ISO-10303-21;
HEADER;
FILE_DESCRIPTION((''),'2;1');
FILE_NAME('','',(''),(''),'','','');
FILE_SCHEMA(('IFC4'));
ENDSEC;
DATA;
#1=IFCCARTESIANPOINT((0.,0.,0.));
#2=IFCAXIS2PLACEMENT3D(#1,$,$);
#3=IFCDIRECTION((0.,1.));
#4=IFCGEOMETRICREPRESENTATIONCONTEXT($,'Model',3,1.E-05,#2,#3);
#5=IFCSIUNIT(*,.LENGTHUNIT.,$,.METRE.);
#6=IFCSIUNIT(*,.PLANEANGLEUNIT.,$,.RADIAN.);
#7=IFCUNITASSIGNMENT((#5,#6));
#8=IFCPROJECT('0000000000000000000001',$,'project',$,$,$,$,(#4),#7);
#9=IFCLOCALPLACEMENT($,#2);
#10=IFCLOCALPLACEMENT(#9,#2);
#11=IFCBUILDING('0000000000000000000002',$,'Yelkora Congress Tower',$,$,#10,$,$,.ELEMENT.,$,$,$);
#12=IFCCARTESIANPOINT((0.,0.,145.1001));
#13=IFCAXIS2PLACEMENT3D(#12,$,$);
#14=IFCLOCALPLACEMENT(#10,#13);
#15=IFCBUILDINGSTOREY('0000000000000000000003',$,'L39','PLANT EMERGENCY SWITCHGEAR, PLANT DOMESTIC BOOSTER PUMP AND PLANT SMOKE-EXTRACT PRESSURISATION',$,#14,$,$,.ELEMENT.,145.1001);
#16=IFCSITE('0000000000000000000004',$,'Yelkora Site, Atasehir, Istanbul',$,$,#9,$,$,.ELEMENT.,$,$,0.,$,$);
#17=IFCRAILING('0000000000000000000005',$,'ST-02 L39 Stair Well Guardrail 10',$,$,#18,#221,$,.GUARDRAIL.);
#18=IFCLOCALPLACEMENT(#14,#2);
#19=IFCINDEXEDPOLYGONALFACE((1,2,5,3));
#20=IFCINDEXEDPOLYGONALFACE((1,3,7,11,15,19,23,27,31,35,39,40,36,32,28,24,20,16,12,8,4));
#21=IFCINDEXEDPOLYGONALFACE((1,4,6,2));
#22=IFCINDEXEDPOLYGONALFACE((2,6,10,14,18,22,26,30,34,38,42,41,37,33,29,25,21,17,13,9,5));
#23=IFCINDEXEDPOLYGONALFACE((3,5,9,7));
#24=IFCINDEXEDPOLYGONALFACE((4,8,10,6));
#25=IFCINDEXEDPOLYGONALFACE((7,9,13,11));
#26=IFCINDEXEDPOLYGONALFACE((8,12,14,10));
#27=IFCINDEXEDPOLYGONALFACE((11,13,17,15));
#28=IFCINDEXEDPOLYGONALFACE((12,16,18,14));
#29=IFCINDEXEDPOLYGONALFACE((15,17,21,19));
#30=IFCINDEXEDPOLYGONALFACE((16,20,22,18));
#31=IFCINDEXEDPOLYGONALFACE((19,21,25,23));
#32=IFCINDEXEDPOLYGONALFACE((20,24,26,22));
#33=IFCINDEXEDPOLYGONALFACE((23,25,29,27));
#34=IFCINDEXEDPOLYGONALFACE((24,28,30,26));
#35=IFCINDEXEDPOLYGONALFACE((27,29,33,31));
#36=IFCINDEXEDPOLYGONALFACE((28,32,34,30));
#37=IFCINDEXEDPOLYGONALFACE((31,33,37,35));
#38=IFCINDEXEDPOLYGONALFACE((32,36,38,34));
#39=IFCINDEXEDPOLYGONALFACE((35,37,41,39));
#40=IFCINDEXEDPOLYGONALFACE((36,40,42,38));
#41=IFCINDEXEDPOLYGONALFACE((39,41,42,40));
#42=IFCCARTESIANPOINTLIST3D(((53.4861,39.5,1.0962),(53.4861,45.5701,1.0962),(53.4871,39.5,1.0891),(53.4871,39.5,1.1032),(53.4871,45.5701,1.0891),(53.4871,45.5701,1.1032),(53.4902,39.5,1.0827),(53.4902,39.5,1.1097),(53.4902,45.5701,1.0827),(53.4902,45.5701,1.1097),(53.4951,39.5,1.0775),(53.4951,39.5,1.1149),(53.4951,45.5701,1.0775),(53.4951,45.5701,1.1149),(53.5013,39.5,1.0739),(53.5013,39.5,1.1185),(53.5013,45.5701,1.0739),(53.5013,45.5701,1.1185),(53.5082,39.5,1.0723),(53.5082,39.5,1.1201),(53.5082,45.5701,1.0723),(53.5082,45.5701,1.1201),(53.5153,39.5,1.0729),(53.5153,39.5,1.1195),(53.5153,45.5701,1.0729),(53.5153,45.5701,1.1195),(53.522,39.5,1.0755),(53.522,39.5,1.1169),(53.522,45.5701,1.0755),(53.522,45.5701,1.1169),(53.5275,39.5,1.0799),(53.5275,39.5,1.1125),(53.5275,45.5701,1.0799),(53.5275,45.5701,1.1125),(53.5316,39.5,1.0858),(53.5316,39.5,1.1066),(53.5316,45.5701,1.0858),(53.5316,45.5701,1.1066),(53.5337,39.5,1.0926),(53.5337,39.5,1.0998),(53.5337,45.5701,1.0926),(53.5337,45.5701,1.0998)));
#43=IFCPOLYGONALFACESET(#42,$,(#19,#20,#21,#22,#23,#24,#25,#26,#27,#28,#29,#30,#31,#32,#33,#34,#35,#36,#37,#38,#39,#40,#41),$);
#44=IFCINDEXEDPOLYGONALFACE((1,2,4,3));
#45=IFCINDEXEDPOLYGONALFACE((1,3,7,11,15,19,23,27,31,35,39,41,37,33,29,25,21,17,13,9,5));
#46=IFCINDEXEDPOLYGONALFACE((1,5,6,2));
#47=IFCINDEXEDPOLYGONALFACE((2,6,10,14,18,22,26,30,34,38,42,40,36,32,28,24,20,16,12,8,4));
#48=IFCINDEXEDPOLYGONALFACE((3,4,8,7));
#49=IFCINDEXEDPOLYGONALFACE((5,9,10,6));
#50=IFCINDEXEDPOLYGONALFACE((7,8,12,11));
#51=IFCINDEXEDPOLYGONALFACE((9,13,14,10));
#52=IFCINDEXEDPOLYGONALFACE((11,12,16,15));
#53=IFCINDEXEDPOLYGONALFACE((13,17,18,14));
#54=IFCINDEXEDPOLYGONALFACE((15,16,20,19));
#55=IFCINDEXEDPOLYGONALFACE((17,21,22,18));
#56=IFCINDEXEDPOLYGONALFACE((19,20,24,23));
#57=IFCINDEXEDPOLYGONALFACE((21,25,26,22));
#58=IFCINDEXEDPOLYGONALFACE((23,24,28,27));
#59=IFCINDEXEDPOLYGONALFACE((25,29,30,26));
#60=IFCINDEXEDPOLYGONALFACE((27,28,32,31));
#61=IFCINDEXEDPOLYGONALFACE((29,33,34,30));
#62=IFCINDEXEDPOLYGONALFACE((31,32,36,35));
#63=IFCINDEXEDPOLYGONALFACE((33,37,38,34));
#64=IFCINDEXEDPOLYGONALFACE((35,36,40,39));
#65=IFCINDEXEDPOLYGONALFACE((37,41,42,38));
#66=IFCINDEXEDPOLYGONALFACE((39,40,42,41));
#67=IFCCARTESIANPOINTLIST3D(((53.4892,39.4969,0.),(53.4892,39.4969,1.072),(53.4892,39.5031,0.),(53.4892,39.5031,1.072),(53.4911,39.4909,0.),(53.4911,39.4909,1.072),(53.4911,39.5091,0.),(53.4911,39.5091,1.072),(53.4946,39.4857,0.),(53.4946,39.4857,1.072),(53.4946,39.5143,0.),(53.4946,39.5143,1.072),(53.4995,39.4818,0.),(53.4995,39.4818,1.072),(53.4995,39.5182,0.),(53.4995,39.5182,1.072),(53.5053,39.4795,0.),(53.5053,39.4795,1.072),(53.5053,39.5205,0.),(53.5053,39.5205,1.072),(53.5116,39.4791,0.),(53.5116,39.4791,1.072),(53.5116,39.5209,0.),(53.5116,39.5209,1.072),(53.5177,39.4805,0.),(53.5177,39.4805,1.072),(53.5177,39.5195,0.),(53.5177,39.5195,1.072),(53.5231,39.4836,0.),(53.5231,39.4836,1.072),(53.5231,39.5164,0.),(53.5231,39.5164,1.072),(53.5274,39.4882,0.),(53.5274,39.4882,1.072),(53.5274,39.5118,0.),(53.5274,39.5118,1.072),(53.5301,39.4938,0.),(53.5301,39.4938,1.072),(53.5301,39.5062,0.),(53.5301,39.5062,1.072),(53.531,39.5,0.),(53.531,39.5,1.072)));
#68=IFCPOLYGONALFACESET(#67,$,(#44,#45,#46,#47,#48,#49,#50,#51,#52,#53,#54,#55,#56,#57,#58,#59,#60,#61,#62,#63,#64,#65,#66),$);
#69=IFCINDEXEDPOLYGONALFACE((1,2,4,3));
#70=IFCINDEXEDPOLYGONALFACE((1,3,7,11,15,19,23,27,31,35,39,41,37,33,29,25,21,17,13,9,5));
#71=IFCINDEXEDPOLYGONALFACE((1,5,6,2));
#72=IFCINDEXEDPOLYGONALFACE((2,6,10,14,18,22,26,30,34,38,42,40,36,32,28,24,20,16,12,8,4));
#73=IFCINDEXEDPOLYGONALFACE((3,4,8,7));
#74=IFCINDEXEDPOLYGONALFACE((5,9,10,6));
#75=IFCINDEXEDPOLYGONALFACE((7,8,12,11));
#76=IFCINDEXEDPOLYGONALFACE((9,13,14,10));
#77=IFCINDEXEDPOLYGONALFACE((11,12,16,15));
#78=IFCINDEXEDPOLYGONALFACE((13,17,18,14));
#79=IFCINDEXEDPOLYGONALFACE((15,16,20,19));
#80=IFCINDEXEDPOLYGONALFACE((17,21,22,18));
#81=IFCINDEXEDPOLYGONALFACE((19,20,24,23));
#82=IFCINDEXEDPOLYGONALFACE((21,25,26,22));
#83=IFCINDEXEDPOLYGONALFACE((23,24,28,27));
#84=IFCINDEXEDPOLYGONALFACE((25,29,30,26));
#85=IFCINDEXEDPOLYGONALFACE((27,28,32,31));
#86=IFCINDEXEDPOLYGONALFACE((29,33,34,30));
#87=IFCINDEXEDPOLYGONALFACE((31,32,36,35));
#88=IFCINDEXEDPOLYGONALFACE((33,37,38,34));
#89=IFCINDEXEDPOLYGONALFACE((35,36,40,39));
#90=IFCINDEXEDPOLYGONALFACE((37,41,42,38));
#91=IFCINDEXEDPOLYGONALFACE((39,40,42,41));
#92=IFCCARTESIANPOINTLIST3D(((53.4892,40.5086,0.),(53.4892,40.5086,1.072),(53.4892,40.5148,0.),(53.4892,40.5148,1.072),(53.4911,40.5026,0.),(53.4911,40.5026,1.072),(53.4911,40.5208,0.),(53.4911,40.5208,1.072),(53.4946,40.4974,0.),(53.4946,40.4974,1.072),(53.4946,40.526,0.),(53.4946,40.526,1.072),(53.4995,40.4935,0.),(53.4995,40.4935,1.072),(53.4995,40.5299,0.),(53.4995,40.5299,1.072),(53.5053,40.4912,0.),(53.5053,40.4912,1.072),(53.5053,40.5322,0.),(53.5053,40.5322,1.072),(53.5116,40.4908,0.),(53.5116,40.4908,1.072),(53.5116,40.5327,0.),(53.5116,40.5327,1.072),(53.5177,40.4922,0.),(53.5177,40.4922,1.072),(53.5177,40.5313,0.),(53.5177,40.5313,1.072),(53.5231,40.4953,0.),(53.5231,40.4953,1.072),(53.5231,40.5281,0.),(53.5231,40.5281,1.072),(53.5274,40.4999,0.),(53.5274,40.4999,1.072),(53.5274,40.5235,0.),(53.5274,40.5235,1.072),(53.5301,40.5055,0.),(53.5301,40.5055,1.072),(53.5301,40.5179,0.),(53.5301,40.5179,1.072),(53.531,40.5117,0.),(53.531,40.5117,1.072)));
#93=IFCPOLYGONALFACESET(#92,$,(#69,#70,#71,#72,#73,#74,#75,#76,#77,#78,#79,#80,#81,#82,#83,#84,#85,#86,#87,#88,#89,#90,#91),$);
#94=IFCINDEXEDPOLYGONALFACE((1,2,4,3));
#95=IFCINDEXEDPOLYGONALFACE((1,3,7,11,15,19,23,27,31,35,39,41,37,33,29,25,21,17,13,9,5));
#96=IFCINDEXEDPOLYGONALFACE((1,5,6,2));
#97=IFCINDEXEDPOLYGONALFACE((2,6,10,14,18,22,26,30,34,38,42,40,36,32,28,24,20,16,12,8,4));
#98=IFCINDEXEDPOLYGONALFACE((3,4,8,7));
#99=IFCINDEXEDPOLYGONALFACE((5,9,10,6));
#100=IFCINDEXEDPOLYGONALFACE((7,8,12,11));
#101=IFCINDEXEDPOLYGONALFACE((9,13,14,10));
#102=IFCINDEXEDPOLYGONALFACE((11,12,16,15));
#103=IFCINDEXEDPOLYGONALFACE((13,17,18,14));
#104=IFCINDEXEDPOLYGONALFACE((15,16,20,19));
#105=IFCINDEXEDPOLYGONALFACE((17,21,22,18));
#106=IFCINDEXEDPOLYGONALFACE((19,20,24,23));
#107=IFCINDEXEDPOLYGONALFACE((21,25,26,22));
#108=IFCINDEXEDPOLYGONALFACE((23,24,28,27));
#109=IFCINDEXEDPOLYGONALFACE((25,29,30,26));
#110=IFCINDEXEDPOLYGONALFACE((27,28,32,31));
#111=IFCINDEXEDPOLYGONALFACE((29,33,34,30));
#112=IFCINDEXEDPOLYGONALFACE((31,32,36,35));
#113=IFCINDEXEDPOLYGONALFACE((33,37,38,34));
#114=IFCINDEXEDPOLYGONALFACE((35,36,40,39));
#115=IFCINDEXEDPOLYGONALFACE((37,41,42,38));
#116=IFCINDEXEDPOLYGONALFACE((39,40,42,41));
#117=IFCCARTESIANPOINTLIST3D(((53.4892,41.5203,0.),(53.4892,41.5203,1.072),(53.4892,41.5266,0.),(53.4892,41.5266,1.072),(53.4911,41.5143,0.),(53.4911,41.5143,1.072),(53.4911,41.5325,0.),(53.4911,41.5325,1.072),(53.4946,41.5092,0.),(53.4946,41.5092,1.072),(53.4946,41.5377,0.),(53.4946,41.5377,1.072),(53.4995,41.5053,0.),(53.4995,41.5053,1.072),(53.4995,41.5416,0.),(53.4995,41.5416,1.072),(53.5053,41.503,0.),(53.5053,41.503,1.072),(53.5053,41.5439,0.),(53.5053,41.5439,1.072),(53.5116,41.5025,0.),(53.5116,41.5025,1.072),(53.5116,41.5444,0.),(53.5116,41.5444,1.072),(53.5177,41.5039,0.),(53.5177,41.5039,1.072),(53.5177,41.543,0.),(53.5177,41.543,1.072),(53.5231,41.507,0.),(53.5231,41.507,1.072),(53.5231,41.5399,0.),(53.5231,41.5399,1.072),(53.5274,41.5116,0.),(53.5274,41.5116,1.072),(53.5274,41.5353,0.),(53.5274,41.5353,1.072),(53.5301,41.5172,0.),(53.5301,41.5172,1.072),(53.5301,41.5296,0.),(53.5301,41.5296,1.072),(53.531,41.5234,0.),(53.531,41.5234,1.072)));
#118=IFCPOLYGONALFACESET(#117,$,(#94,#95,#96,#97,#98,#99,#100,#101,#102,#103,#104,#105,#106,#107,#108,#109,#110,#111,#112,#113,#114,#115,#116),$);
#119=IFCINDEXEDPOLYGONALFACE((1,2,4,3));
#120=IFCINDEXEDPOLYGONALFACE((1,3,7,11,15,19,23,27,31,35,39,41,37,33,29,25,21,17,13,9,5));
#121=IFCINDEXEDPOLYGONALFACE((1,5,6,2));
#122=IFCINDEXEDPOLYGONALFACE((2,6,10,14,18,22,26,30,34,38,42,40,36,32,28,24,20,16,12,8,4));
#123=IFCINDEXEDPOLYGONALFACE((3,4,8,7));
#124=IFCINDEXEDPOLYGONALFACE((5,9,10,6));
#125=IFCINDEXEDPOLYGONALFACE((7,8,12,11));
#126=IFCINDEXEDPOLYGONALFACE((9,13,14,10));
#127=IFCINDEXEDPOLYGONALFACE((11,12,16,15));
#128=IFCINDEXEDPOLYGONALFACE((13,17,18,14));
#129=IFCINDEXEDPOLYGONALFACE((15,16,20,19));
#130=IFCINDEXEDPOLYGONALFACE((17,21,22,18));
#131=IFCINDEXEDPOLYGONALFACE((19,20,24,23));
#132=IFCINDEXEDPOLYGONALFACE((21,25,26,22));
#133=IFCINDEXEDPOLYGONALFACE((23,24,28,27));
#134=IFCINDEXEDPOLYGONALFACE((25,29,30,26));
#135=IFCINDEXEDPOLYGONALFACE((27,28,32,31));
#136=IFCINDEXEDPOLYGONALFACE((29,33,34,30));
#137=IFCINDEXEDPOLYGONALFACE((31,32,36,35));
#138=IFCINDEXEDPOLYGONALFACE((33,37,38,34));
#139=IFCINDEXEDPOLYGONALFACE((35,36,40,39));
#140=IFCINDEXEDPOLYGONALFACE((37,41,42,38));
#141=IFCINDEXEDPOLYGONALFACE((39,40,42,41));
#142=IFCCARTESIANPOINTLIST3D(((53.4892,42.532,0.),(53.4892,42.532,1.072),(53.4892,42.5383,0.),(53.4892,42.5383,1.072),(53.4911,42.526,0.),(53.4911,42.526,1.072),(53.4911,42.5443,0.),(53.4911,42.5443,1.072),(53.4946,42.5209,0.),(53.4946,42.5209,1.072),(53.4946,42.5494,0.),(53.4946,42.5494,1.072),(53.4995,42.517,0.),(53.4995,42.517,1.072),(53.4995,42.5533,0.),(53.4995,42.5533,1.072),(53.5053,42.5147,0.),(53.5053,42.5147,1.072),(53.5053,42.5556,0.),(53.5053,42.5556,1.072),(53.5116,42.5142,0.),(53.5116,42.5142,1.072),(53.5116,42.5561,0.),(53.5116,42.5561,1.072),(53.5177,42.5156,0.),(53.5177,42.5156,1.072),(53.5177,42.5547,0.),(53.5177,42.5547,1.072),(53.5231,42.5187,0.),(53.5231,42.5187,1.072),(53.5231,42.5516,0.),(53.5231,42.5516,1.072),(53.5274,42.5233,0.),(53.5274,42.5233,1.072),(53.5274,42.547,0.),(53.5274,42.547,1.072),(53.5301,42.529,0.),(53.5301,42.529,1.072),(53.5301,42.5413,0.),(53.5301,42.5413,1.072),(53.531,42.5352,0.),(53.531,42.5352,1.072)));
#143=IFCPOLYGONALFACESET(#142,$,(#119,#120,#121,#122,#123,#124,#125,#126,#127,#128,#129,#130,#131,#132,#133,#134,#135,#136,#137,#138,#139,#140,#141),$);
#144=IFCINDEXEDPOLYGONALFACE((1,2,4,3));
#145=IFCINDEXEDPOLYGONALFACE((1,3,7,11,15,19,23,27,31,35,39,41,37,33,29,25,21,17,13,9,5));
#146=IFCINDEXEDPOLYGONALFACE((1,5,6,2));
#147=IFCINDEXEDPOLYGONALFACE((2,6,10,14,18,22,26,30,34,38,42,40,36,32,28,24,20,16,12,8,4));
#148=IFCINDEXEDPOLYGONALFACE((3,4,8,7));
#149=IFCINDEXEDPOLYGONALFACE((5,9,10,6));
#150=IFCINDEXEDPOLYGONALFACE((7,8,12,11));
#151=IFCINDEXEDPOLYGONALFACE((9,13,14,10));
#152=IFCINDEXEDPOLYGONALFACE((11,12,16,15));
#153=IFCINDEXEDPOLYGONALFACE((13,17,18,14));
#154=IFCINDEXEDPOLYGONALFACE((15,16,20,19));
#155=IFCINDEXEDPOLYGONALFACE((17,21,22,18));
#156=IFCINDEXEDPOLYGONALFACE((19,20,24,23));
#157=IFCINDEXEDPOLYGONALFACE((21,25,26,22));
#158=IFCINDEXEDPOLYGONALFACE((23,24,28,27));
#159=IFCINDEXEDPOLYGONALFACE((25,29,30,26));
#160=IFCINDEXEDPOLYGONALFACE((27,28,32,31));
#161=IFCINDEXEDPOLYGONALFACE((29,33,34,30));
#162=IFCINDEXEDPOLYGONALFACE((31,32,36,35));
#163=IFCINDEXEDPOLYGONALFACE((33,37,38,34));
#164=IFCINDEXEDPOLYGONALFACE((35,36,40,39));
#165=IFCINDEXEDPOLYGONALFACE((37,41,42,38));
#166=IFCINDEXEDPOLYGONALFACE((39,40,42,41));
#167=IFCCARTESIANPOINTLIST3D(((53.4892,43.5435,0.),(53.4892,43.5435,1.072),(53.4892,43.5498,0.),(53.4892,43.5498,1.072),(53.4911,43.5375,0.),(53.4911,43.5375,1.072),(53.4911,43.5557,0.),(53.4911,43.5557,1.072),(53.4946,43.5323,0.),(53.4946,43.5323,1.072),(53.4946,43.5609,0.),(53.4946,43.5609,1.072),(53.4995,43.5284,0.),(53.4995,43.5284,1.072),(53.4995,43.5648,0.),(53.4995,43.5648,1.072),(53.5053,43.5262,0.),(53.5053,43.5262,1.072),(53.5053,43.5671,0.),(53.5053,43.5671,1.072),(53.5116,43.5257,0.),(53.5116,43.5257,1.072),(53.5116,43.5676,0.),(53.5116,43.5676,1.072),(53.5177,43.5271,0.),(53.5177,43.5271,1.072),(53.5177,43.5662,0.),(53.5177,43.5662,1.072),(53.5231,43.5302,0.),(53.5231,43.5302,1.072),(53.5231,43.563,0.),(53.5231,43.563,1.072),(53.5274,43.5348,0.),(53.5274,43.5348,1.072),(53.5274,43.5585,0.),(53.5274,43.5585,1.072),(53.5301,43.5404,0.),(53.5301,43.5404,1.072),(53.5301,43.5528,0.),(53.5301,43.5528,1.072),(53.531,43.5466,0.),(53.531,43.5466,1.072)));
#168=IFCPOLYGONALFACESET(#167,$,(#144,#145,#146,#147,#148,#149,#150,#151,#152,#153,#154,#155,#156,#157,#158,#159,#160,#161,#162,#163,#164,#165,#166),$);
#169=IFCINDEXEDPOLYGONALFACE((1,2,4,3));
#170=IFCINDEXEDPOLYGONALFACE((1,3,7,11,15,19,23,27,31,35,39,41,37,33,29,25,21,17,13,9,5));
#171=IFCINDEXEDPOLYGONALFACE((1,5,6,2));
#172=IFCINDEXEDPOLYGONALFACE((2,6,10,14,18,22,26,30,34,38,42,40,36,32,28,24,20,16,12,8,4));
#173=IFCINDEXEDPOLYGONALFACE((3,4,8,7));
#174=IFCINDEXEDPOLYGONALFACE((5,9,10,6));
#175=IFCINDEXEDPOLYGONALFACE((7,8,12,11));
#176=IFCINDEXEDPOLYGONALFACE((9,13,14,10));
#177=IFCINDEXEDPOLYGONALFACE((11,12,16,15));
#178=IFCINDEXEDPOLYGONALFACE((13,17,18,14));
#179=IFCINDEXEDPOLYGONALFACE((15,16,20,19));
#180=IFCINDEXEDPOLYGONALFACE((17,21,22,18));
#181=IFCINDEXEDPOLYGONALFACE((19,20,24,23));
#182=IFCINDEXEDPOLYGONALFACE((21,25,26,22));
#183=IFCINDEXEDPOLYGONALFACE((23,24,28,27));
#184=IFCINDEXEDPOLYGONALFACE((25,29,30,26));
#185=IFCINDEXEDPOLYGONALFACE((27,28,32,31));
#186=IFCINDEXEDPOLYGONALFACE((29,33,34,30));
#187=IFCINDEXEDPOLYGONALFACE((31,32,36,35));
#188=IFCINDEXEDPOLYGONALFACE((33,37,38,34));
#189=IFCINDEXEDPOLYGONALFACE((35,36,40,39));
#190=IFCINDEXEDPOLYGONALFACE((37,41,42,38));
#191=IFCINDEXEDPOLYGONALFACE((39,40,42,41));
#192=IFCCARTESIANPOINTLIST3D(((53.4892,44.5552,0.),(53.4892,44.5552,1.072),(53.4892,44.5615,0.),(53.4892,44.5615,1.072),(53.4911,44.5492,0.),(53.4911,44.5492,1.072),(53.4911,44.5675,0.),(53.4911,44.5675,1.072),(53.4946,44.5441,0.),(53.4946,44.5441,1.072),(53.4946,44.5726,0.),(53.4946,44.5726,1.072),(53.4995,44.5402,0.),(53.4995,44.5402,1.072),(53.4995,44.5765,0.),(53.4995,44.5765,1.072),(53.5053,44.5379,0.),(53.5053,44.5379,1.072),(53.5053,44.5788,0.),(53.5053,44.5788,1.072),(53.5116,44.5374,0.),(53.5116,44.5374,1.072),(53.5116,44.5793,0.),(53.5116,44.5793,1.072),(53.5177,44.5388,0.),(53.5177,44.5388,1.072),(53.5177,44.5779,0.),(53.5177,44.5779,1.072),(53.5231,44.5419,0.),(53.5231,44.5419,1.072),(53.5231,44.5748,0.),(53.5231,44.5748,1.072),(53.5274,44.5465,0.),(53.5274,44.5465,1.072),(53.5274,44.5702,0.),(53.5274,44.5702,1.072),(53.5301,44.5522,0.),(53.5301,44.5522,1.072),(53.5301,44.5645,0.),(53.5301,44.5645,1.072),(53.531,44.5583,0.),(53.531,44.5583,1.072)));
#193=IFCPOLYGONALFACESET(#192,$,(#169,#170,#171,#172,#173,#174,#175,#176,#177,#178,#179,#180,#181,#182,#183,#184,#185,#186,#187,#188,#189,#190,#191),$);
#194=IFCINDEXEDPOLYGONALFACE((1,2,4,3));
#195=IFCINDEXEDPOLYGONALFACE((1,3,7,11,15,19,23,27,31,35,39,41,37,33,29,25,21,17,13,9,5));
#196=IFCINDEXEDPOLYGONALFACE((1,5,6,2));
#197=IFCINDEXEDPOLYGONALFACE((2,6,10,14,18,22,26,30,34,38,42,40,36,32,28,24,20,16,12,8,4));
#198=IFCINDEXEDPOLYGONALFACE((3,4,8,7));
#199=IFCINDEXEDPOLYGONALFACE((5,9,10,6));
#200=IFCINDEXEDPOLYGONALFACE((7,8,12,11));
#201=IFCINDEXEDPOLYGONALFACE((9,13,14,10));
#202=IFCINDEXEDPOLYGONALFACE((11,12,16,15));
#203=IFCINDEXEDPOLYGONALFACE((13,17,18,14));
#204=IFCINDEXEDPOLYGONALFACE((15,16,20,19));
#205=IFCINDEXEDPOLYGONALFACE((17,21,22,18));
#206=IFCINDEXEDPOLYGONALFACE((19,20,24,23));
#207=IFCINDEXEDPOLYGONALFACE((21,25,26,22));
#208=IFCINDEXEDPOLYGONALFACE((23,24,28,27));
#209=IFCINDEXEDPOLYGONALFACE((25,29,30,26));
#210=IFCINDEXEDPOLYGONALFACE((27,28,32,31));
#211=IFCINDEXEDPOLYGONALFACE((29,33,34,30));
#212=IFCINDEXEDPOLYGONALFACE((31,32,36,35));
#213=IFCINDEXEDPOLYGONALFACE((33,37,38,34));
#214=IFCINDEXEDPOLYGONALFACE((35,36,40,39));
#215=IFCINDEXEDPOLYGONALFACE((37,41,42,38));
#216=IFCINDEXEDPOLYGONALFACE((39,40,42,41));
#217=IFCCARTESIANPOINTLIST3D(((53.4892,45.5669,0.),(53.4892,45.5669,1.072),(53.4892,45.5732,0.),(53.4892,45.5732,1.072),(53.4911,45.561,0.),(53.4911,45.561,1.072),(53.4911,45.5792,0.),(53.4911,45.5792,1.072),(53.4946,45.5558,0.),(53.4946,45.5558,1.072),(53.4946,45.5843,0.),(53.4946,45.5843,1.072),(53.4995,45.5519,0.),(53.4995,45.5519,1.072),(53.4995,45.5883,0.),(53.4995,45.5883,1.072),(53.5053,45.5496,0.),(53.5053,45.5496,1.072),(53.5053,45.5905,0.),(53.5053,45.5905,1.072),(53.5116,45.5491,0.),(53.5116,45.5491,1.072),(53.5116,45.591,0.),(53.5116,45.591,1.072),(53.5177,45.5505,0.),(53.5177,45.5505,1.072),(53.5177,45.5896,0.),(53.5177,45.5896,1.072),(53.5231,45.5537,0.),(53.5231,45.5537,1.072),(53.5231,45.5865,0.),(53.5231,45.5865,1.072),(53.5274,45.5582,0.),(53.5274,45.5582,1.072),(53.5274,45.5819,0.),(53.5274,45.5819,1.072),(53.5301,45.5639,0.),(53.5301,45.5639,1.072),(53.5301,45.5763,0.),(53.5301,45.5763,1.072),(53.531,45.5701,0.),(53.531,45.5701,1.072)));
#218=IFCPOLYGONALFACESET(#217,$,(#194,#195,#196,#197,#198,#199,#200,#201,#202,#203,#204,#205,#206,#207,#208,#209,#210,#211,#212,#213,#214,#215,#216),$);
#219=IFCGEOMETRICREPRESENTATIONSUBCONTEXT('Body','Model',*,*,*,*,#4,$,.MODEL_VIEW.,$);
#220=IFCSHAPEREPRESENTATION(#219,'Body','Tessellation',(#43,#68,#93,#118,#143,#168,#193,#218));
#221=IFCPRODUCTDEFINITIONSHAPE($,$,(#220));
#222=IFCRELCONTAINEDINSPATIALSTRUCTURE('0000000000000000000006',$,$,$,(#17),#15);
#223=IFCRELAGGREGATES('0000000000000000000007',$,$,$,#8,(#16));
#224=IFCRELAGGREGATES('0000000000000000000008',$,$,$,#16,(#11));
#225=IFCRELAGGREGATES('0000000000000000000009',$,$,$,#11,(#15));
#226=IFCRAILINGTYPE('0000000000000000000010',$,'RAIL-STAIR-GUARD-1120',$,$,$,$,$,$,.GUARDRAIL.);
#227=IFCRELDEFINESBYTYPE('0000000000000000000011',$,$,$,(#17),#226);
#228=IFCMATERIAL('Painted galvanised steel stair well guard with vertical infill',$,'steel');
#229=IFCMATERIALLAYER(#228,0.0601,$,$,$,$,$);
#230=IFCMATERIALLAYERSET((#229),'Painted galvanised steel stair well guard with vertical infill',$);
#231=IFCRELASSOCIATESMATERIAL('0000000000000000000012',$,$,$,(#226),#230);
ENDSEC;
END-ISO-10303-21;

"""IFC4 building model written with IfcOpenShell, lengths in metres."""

from ifc_helpers import new_model, si_unit, direction, frame, origin, origin_2d, place, context, subcontext, project, spatial, circle, extrude, material, layer, layer_set, type_object, element, save


model = new_model("IFC4")

# Units and contexts
model_context = context("Model", 3, precision=1e-05, world=origin(), true_north=direction((0.0, 1.0)))
body_context = subcontext(model_context, "Body", "Model", "MODEL_VIEW")
ifc_project = project(units=[si_unit("LENGTHUNIT", "METRE"), si_unit("PLANEANGLEUNIT", "RADIAN")], contexts=[model_context])

# Site, building, storey
site_placement = place(None, origin())
site = spatial("IfcSite", under=ifc_project, at=site_placement, Name="Yelkora Site, Atasehir, Istanbul", CompositionType="ELEMENT", RefElevation=0.0)
building_placement = place(site_placement, origin())
building = spatial("IfcBuilding", under=site, at=building_placement, Name="Yelkora Congress Tower", CompositionType="ELEMENT")
storey_placement = place(building_placement, frame((0.0, 0.0, 145.1001)))
storey = spatial("IfcBuildingStorey", under=building, at=storey_placement, Name="L39", Description="PLANT EMERGENCY SWITCHGEAR, PLANT DOMESTIC BOOSTER PUMP AND PLANT SMOKE-EXTRACT PRESSURISATION", CompositionType="ELEMENT", Elevation=145.1001)

# Railing
ifc_material_1 = material(Name="Painted galvanised steel stair well guard with vertical infill", Category="steel")
ifc_layer_1 = layer(ifc_material_1, 0.0601)
ifc_layer_set_1 = layer_set([ifc_layer_1], Name="Painted galvanised steel stair well guard with vertical infill")
railing_type_1 = type_object("IfcRailingType", Name="RAIL-STAIR-GUARD-1120", PredefinedType="GUARDRAIL", material=ifc_layer_set_1)
railing_1_placement = place(storey_placement, frame((53.51, 39.5, 0.0)))
element("IfcRailing", 1, at=railing_1_placement, inside=storey, type_object=railing_type_1, Name="ST-02 L39 Stair Well Guardrail 10", PredefinedType="GUARDRAIL", context=body_context, shape_type="SweptSolid", body=[
    extrude(circle(Radius=0.0239, at=origin_2d()), frame((0.0, 0.0, 1.0962), z_axis=(0.0, 1.0, 0.0), x_axis=(-1.0, 0.0, 0.0)), (0.0, 0.0, 1.0), 6.0701),
    extrude(circle(Radius=0.021, at=origin_2d()), origin(), (0.0, 0.0, 1.0), 1.072),
    extrude(circle(Radius=0.021, at=origin_2d()), frame((0.0, 1.0117, 0.0)), (0.0, 0.0, 1.0), 1.072),
    extrude(circle(Radius=0.021, at=origin_2d()), frame((0.0, 2.0234, 0.0)), (0.0, 0.0, 1.0), 1.072),
    extrude(circle(Radius=0.021, at=origin_2d()), frame((0.0, 3.0352, 0.0)), (0.0, 0.0, 1.0), 1.072),
    extrude(circle(Radius=0.021, at=origin_2d()), frame((0.0, 4.0466, 0.0)), (0.0, 0.0, 1.0), 1.072),
    extrude(circle(Radius=0.021, at=origin_2d()), frame((0.0, 5.0583, 0.0)), (0.0, 0.0, 1.0), 1.072),
    extrude(circle(Radius=0.021, at=origin_2d()), frame((0.0, 6.0701, 0.0)), (0.0, 0.0, 1.0), 1.072),
])

save(model, "model.ifc")
